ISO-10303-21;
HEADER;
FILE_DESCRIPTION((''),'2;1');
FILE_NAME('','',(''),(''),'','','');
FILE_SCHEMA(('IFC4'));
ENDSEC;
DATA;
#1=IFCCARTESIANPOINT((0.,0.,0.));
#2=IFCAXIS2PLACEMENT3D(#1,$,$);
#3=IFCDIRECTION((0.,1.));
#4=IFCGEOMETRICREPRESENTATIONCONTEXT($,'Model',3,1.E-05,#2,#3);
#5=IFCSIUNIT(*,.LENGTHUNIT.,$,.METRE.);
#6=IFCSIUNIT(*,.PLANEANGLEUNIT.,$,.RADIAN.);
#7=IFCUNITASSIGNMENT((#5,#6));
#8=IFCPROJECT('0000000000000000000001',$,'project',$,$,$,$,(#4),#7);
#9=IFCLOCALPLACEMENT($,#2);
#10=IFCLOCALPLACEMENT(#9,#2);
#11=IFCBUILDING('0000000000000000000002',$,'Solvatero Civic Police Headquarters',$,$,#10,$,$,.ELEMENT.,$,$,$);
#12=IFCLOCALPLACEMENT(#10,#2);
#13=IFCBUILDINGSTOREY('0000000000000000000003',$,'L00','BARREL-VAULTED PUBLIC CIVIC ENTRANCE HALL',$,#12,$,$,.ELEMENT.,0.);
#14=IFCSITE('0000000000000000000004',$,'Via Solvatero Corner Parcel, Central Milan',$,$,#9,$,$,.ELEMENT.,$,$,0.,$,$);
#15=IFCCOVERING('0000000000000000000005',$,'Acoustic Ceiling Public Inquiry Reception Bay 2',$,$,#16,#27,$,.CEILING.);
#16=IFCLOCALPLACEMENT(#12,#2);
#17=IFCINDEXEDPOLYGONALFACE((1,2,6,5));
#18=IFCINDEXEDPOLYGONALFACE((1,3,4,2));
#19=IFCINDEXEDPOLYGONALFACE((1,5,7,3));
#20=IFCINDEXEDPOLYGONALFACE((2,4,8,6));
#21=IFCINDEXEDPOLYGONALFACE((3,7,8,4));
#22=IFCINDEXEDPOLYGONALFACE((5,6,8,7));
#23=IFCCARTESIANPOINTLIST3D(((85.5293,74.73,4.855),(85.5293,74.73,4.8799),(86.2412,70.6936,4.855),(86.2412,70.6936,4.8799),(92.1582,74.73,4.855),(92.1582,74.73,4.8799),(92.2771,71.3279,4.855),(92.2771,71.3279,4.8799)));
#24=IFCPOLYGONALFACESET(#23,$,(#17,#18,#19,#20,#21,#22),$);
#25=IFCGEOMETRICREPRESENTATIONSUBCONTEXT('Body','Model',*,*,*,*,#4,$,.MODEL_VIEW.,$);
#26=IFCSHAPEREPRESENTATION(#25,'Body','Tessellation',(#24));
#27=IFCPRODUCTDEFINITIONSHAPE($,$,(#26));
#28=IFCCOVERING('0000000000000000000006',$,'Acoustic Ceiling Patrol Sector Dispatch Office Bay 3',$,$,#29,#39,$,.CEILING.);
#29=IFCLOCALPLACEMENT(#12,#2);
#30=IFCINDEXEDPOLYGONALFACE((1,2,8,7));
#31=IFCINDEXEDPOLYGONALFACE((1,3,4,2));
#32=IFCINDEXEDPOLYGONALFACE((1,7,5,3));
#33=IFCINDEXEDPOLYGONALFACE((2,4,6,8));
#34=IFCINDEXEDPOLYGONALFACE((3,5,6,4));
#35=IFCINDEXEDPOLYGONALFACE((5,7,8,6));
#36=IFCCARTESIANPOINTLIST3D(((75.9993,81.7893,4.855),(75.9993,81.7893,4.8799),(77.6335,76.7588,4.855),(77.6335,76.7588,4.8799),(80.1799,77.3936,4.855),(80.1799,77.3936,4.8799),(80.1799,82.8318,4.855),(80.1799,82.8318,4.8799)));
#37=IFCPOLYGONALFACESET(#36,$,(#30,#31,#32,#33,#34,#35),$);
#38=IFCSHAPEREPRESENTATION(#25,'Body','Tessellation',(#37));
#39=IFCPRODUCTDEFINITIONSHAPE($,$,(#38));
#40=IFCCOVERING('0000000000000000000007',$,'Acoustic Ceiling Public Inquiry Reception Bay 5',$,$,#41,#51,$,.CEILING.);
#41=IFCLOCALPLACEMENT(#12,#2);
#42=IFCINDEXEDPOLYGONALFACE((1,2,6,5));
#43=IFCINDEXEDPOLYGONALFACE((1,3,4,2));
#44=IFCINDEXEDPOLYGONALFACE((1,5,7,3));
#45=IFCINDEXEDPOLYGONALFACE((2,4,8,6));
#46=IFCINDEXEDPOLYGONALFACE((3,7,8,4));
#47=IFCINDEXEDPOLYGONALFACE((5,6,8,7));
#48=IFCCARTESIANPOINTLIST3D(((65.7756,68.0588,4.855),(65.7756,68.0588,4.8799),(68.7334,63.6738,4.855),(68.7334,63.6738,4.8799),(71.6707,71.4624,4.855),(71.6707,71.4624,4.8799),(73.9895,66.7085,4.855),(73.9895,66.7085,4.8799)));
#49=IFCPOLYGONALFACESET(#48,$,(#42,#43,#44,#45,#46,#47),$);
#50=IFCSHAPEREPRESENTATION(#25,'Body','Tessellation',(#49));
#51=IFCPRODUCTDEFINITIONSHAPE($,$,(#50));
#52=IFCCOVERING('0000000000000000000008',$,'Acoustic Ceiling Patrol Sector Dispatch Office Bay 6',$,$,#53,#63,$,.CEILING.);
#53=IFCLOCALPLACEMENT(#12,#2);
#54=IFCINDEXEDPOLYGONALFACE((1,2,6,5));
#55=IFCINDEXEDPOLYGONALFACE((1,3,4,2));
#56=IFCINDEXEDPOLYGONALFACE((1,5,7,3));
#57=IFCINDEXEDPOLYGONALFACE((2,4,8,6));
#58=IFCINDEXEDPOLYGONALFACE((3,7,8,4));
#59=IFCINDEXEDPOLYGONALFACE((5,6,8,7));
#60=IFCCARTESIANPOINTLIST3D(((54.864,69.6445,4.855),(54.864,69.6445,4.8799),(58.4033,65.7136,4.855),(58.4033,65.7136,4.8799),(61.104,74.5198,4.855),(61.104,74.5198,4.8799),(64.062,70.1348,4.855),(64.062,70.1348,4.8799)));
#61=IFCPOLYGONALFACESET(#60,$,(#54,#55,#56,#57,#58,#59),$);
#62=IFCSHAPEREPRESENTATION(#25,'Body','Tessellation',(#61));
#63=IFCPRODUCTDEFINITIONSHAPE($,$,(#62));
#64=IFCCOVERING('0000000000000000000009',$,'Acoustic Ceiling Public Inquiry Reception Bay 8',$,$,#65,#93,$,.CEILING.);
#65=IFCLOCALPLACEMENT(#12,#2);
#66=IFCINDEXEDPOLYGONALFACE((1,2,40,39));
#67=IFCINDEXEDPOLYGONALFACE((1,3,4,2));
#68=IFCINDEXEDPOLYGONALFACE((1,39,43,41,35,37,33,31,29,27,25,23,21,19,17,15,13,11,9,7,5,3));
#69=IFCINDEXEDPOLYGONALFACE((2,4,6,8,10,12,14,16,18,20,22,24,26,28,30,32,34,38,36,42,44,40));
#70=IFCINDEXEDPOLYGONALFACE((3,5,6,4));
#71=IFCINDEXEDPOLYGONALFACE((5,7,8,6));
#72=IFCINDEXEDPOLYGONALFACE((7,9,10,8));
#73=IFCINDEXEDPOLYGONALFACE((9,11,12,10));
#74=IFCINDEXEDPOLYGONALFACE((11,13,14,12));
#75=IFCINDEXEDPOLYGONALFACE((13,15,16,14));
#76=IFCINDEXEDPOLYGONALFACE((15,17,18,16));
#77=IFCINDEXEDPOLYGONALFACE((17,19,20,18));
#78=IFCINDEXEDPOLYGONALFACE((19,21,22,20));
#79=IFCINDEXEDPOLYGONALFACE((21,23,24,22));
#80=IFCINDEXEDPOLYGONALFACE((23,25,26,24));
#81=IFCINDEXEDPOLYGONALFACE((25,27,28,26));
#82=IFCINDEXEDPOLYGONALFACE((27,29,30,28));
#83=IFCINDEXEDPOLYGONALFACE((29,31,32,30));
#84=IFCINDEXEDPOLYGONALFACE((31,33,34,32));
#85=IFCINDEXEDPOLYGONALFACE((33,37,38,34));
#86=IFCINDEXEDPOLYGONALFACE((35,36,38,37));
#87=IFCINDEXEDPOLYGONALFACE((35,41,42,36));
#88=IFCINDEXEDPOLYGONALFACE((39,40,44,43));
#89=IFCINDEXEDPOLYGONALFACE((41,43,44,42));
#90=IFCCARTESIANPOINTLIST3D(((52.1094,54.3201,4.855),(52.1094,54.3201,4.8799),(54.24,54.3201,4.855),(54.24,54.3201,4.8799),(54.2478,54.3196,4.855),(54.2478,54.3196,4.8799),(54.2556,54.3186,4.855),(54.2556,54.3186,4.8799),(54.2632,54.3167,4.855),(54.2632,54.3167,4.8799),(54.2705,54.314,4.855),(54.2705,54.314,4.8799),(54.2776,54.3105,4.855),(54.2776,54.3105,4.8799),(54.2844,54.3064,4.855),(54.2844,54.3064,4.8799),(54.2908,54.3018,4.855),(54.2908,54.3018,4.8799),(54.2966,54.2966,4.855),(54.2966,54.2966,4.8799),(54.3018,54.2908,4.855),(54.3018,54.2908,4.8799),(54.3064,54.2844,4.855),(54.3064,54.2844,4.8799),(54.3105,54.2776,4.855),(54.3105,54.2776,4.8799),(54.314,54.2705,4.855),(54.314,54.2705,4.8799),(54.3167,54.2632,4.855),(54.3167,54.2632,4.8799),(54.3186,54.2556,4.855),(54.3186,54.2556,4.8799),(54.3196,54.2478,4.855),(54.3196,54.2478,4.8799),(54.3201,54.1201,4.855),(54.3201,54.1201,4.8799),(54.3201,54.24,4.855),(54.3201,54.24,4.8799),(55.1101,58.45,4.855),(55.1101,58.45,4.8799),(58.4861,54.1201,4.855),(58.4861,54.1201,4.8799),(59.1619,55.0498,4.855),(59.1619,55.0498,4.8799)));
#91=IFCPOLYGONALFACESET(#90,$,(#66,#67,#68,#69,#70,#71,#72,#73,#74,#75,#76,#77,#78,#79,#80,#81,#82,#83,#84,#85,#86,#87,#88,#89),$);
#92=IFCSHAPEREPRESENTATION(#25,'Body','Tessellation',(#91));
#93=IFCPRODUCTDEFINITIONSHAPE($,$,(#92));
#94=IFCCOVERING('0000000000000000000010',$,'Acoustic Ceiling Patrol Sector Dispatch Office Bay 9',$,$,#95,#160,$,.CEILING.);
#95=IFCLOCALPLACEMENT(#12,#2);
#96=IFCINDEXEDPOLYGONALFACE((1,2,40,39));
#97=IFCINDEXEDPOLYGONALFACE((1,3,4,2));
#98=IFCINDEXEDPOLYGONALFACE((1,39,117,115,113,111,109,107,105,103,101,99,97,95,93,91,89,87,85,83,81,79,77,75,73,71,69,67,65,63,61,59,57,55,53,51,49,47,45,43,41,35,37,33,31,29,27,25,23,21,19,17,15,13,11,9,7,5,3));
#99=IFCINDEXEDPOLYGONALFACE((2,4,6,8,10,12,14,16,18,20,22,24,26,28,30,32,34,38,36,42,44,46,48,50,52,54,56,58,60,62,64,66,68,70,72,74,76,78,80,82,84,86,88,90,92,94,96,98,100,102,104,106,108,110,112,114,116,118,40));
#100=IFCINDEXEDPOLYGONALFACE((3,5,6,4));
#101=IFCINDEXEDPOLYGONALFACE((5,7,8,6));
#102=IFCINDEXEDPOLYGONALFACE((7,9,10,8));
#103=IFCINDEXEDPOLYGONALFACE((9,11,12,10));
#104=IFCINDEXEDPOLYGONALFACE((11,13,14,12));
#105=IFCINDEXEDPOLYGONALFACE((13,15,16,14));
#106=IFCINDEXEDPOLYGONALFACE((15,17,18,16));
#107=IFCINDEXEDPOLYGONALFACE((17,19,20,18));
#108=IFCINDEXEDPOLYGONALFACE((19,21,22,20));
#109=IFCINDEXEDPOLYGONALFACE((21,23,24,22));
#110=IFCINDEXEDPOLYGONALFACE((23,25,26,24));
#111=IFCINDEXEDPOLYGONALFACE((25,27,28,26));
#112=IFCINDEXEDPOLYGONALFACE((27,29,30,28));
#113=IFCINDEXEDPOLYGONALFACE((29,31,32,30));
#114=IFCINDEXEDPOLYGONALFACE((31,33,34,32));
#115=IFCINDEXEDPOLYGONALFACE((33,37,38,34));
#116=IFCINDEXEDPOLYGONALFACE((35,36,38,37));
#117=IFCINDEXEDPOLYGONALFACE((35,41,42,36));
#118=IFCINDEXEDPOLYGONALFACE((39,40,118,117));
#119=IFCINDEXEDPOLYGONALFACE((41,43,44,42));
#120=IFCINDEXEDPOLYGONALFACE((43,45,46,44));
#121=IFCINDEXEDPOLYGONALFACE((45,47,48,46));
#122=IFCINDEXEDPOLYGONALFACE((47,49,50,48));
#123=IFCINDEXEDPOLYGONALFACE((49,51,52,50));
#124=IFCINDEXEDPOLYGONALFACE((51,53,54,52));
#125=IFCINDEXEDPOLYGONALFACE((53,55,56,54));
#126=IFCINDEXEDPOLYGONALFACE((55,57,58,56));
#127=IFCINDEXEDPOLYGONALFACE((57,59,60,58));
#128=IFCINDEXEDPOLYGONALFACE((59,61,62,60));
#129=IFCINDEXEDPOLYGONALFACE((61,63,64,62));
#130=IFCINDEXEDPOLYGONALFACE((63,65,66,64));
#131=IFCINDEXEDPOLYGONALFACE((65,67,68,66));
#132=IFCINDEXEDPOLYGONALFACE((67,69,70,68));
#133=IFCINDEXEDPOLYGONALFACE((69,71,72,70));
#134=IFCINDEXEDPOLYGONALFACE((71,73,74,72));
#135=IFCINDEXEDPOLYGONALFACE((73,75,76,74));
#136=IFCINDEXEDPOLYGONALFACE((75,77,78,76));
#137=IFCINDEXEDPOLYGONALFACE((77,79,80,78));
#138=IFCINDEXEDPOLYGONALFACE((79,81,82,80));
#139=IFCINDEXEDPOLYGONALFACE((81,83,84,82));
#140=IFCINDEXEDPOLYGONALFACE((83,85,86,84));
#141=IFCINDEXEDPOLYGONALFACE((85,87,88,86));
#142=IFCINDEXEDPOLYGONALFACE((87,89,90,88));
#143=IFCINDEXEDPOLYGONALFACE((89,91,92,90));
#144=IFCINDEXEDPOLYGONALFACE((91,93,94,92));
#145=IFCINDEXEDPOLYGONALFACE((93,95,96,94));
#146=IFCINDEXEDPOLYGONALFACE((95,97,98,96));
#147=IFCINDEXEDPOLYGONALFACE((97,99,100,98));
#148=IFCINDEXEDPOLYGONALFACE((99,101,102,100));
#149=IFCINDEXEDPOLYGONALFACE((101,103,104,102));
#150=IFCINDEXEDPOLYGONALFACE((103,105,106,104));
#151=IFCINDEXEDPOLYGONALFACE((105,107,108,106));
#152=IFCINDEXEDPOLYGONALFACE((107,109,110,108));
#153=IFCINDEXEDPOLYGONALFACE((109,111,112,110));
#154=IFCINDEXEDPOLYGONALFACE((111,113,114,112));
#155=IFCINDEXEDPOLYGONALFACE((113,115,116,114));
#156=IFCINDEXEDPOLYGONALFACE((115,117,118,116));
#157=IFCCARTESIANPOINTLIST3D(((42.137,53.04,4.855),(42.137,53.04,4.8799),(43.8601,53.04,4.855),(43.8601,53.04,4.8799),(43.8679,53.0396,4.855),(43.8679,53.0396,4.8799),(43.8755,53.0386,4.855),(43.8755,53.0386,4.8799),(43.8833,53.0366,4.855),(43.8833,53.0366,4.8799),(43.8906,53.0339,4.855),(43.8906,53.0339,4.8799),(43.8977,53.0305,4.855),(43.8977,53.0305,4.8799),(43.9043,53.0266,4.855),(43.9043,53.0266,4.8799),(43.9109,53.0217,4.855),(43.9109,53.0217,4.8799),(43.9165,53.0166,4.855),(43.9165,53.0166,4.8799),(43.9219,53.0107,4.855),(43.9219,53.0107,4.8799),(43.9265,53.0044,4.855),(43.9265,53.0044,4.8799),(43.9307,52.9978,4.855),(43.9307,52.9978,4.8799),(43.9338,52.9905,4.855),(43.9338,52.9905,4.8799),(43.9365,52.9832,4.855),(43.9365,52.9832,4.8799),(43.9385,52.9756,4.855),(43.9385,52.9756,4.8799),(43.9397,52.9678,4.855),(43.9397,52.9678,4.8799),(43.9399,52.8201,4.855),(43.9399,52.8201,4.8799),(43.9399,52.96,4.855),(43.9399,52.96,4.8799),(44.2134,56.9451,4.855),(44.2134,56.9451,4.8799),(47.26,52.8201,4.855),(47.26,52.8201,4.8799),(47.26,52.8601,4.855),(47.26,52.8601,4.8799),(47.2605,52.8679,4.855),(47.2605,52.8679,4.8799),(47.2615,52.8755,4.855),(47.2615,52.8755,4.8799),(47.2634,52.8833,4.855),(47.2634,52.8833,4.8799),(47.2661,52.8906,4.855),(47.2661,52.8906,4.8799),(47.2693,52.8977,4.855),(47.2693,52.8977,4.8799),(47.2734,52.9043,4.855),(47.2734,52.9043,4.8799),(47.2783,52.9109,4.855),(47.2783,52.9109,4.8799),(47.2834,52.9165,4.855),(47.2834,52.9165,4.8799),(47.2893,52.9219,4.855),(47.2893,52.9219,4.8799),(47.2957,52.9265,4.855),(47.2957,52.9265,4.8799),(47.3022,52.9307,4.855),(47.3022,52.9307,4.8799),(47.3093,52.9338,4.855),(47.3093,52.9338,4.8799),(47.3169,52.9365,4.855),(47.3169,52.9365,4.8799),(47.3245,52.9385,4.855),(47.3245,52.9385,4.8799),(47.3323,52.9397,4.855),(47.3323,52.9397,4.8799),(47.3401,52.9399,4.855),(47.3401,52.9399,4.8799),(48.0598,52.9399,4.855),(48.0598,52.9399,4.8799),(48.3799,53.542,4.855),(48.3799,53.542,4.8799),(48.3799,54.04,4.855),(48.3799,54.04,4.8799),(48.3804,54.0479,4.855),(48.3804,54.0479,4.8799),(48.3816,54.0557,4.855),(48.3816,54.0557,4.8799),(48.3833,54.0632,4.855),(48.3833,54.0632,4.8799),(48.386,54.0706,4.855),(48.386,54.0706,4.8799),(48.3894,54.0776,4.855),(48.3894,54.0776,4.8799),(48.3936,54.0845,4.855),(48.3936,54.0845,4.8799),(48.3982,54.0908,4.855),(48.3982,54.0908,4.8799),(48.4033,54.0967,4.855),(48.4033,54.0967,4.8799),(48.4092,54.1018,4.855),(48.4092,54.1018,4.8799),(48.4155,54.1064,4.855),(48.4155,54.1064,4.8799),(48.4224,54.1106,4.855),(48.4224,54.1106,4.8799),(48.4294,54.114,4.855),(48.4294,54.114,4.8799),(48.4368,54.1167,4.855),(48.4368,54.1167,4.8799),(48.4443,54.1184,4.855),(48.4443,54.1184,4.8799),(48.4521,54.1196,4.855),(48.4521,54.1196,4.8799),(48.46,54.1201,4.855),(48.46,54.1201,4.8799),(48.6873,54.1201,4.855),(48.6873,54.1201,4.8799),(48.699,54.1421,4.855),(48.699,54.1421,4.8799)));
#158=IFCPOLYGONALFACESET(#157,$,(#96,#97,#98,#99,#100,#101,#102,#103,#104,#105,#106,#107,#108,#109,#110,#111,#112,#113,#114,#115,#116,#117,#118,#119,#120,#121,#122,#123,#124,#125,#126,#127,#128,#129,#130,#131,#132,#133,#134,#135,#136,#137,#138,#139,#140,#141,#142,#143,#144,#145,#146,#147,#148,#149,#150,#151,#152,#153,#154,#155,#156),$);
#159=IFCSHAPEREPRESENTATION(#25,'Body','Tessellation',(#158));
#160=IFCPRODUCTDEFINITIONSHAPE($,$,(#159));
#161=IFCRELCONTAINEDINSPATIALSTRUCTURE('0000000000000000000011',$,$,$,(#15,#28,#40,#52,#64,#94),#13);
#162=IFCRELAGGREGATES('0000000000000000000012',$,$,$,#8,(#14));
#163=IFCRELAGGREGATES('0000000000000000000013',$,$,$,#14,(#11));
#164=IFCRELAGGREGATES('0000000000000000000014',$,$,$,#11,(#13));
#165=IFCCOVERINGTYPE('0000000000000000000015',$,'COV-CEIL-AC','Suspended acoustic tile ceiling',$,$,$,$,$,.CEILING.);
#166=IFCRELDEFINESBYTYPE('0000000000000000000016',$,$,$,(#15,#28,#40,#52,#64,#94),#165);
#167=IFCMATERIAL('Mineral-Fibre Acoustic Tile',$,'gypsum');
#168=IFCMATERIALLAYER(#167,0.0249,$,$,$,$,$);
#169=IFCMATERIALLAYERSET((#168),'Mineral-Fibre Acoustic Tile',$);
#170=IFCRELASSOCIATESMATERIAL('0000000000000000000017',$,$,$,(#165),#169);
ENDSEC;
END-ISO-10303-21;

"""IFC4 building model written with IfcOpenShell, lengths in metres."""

from ifc_helpers import new_model, si_unit, direction, frame, origin, place, context, subcontext, project, spatial, polyline, outline, extrude, material, layer, layer_set, type_object, element, save


model = new_model("IFC4")

# Units and contexts
model_context = context("Model", 3, precision=1e-05, world=origin(), true_north=direction((0.0, 1.0)))
body_context = subcontext(model_context, "Body", "Model", "MODEL_VIEW")
ifc_project = project(units=[si_unit("LENGTHUNIT", "METRE"), si_unit("PLANEANGLEUNIT", "RADIAN")], contexts=[model_context])

# Site, building, storey
site_placement = place(None, origin())
site = spatial("IfcSite", under=ifc_project, at=site_placement, Name="Via Solvatero Corner Parcel, Central Milan", CompositionType="ELEMENT", RefElevation=0.0)
building_placement = place(site_placement, origin())
building = spatial("IfcBuilding", under=site, at=building_placement, Name="Solvatero Civic Police Headquarters", CompositionType="ELEMENT")
storey_placement = place(building_placement, origin())
storey = spatial("IfcBuildingStorey", under=building, at=storey_placement, Name="L00", Description="BARREL-VAULTED PUBLIC CIVIC ENTRANCE HALL", CompositionType="ELEMENT", Elevation=0.0)

# Coverings
ifc_material_1 = material(Name="Mineral-Fibre Acoustic Tile", Category="gypsum")
ifc_layer_1 = layer(ifc_material_1, 0.0249)
ifc_layer_set_1 = layer_set([ifc_layer_1], Name="Mineral-Fibre Acoustic Tile")
covering_type_1 = type_object("IfcCoveringType", Name="COV-CEIL-AC", Description="Suspended acoustic tile ceiling", PredefinedType="CEILING", material=ifc_layer_set_1)
covering_1_placement = place(storey_placement, frame((0.0, 0.0, 4.855)))
element("IfcCovering", 1, at=covering_1_placement, inside=storey, type_object=covering_type_1, Name="Acoustic Ceiling Public Inquiry Reception Bay 2", PredefinedType="CEILING", context=body_context, shape_type="SweptSolid", body=[
    extrude(outline(polyline([(86.2412, 70.6936), (85.5293, 74.73), (92.1582, 74.73), (92.2771, 71.3279), (86.2412, 70.6936)])), origin(), (0.0, 0.0, 1.0), 0.0249),
])
covering_2_placement = place(storey_placement, frame((0.0, 0.0, 4.855)))
element("IfcCovering", 2, at=covering_2_placement, inside=storey, type_object=covering_type_1, Name="Acoustic Ceiling Patrol Sector Dispatch Office Bay 3", PredefinedType="CEILING", context=body_context, shape_type="SweptSolid", body=[
    extrude(outline(polyline([(77.6335, 76.7588), (75.9993, 81.7893), (80.1799, 82.8318), (80.1799, 77.3936), (77.6335, 76.7588)])), origin(), (0.0, 0.0, 1.0), 0.0249),
])
covering_3_placement = place(storey_placement, frame((0.0, 0.0, 4.855)))
element("IfcCovering", 3, at=covering_3_placement, inside=storey, type_object=covering_type_1, Name="Acoustic Ceiling Public Inquiry Reception Bay 5", PredefinedType="CEILING", context=body_context, shape_type="SweptSolid", body=[
    extrude(outline(polyline([(68.7334, 63.6738), (65.7756, 68.0588), (71.6707, 71.4624), (73.9895, 66.7085), (68.7334, 63.6738)])), origin(), (0.0, 0.0, 1.0), 0.0249),
])
covering_4_placement = place(storey_placement, frame((0.0, 0.0, 4.855)))
element("IfcCovering", 4, at=covering_4_placement, inside=storey, type_object=covering_type_1, Name="Acoustic Ceiling Patrol Sector Dispatch Office Bay 6", PredefinedType="CEILING", context=body_context, shape_type="SweptSolid", body=[
    extrude(outline(polyline([(58.4033, 65.7136), (54.864, 69.6445), (61.104, 74.5198), (64.062, 70.1348), (58.4033, 65.7136)])), origin(), (0.0, 0.0, 1.0), 0.0249),
])
covering_5_placement = place(storey_placement, frame((0.0, 0.0, 4.855)))
element("IfcCovering", 5, at=covering_5_placement, inside=storey, type_object=covering_type_1, Name="Acoustic Ceiling Public Inquiry Reception Bay 8", PredefinedType="CEILING", context=body_context, shape_type="SweptSolid", body=[
    extrude(outline(polyline([(55.1101, 58.45), (59.1619, 55.0498), (58.4861, 54.1201), (54.3201, 54.1201), (54.3201, 54.24), (54.3196, 54.2478), (54.3186, 54.2556), (54.3167, 54.2632), (54.314, 54.2705), (54.3105, 54.2776), (54.3064, 54.2844), (54.3018, 54.2908), (54.2966, 54.2966), (54.2908, 54.3018), (54.2844, 54.3064), (54.2776, 54.3105), (54.2705, 54.314), (54.2632, 54.3167), (54.2556, 54.3186), (54.2478, 54.3196), (54.24, 54.3201), (52.1094, 54.3201), (55.1101, 58.45)])), origin(), (0.0, 0.0, 1.0), 0.0249),
])
covering_6_placement = place(storey_placement, frame((0.0, 0.0, 4.855)))
element("IfcCovering", 6, at=covering_6_placement, inside=storey, type_object=covering_type_1, Name="Acoustic Ceiling Patrol Sector Dispatch Office Bay 9", PredefinedType="CEILING", context=body_context, shape_type="SweptSolid", body=[
    extrude(outline(polyline([(43.9399, 52.8201), (43.9399, 52.96), (43.9397, 52.9678), (43.9385, 52.9756), (43.9365, 52.9832), (43.9338, 52.9905), (43.9307, 52.9978), (43.9265, 53.0044), (43.9219, 53.0107), (43.9165, 53.0166), (43.9109, 53.0217), (43.9043, 53.0266), (43.8977, 53.0305), (43.8906, 53.0339), (43.8833, 53.0366), (43.8755, 53.0386), (43.8679, 53.0396), (43.8601, 53.04), (42.137, 53.04), (44.2134, 56.9451), (48.699, 54.1421), (48.6873, 54.1201), (48.46, 54.1201), (48.4521, 54.1196), (48.4443, 54.1184), (48.4368, 54.1167), (48.4294, 54.114), (48.4224, 54.1106), (48.4155, 54.1064), (48.4092, 54.1018), (48.4033, 54.0967), (48.3982, 54.0908), (48.3936, 54.0845), (48.3894, 54.0776), (48.386, 54.0706), (48.3833, 54.0632), (48.3816, 54.0557), (48.3804, 54.0479), (48.3799, 54.04), (48.3799, 53.542), (48.0598, 52.9399), (47.3401, 52.9399), (47.3323, 52.9397), (47.3245, 52.9385), (47.3169, 52.9365), (47.3093, 52.9338), (47.3022, 52.9307), (47.2957, 52.9265), (47.2893, 52.9219), (47.2834, 52.9165), (47.2783, 52.9109), (47.2734, 52.9043), (47.2693, 52.8977), (47.2661, 52.8906), (47.2634, 52.8833), (47.2615, 52.8755), (47.2605, 52.8679), (47.26, 52.8601), (47.26, 52.8201), (43.9399, 52.8201)])), origin(), (0.0, 0.0, 1.0), 0.0249),
])

save(model, "model.ifc")
